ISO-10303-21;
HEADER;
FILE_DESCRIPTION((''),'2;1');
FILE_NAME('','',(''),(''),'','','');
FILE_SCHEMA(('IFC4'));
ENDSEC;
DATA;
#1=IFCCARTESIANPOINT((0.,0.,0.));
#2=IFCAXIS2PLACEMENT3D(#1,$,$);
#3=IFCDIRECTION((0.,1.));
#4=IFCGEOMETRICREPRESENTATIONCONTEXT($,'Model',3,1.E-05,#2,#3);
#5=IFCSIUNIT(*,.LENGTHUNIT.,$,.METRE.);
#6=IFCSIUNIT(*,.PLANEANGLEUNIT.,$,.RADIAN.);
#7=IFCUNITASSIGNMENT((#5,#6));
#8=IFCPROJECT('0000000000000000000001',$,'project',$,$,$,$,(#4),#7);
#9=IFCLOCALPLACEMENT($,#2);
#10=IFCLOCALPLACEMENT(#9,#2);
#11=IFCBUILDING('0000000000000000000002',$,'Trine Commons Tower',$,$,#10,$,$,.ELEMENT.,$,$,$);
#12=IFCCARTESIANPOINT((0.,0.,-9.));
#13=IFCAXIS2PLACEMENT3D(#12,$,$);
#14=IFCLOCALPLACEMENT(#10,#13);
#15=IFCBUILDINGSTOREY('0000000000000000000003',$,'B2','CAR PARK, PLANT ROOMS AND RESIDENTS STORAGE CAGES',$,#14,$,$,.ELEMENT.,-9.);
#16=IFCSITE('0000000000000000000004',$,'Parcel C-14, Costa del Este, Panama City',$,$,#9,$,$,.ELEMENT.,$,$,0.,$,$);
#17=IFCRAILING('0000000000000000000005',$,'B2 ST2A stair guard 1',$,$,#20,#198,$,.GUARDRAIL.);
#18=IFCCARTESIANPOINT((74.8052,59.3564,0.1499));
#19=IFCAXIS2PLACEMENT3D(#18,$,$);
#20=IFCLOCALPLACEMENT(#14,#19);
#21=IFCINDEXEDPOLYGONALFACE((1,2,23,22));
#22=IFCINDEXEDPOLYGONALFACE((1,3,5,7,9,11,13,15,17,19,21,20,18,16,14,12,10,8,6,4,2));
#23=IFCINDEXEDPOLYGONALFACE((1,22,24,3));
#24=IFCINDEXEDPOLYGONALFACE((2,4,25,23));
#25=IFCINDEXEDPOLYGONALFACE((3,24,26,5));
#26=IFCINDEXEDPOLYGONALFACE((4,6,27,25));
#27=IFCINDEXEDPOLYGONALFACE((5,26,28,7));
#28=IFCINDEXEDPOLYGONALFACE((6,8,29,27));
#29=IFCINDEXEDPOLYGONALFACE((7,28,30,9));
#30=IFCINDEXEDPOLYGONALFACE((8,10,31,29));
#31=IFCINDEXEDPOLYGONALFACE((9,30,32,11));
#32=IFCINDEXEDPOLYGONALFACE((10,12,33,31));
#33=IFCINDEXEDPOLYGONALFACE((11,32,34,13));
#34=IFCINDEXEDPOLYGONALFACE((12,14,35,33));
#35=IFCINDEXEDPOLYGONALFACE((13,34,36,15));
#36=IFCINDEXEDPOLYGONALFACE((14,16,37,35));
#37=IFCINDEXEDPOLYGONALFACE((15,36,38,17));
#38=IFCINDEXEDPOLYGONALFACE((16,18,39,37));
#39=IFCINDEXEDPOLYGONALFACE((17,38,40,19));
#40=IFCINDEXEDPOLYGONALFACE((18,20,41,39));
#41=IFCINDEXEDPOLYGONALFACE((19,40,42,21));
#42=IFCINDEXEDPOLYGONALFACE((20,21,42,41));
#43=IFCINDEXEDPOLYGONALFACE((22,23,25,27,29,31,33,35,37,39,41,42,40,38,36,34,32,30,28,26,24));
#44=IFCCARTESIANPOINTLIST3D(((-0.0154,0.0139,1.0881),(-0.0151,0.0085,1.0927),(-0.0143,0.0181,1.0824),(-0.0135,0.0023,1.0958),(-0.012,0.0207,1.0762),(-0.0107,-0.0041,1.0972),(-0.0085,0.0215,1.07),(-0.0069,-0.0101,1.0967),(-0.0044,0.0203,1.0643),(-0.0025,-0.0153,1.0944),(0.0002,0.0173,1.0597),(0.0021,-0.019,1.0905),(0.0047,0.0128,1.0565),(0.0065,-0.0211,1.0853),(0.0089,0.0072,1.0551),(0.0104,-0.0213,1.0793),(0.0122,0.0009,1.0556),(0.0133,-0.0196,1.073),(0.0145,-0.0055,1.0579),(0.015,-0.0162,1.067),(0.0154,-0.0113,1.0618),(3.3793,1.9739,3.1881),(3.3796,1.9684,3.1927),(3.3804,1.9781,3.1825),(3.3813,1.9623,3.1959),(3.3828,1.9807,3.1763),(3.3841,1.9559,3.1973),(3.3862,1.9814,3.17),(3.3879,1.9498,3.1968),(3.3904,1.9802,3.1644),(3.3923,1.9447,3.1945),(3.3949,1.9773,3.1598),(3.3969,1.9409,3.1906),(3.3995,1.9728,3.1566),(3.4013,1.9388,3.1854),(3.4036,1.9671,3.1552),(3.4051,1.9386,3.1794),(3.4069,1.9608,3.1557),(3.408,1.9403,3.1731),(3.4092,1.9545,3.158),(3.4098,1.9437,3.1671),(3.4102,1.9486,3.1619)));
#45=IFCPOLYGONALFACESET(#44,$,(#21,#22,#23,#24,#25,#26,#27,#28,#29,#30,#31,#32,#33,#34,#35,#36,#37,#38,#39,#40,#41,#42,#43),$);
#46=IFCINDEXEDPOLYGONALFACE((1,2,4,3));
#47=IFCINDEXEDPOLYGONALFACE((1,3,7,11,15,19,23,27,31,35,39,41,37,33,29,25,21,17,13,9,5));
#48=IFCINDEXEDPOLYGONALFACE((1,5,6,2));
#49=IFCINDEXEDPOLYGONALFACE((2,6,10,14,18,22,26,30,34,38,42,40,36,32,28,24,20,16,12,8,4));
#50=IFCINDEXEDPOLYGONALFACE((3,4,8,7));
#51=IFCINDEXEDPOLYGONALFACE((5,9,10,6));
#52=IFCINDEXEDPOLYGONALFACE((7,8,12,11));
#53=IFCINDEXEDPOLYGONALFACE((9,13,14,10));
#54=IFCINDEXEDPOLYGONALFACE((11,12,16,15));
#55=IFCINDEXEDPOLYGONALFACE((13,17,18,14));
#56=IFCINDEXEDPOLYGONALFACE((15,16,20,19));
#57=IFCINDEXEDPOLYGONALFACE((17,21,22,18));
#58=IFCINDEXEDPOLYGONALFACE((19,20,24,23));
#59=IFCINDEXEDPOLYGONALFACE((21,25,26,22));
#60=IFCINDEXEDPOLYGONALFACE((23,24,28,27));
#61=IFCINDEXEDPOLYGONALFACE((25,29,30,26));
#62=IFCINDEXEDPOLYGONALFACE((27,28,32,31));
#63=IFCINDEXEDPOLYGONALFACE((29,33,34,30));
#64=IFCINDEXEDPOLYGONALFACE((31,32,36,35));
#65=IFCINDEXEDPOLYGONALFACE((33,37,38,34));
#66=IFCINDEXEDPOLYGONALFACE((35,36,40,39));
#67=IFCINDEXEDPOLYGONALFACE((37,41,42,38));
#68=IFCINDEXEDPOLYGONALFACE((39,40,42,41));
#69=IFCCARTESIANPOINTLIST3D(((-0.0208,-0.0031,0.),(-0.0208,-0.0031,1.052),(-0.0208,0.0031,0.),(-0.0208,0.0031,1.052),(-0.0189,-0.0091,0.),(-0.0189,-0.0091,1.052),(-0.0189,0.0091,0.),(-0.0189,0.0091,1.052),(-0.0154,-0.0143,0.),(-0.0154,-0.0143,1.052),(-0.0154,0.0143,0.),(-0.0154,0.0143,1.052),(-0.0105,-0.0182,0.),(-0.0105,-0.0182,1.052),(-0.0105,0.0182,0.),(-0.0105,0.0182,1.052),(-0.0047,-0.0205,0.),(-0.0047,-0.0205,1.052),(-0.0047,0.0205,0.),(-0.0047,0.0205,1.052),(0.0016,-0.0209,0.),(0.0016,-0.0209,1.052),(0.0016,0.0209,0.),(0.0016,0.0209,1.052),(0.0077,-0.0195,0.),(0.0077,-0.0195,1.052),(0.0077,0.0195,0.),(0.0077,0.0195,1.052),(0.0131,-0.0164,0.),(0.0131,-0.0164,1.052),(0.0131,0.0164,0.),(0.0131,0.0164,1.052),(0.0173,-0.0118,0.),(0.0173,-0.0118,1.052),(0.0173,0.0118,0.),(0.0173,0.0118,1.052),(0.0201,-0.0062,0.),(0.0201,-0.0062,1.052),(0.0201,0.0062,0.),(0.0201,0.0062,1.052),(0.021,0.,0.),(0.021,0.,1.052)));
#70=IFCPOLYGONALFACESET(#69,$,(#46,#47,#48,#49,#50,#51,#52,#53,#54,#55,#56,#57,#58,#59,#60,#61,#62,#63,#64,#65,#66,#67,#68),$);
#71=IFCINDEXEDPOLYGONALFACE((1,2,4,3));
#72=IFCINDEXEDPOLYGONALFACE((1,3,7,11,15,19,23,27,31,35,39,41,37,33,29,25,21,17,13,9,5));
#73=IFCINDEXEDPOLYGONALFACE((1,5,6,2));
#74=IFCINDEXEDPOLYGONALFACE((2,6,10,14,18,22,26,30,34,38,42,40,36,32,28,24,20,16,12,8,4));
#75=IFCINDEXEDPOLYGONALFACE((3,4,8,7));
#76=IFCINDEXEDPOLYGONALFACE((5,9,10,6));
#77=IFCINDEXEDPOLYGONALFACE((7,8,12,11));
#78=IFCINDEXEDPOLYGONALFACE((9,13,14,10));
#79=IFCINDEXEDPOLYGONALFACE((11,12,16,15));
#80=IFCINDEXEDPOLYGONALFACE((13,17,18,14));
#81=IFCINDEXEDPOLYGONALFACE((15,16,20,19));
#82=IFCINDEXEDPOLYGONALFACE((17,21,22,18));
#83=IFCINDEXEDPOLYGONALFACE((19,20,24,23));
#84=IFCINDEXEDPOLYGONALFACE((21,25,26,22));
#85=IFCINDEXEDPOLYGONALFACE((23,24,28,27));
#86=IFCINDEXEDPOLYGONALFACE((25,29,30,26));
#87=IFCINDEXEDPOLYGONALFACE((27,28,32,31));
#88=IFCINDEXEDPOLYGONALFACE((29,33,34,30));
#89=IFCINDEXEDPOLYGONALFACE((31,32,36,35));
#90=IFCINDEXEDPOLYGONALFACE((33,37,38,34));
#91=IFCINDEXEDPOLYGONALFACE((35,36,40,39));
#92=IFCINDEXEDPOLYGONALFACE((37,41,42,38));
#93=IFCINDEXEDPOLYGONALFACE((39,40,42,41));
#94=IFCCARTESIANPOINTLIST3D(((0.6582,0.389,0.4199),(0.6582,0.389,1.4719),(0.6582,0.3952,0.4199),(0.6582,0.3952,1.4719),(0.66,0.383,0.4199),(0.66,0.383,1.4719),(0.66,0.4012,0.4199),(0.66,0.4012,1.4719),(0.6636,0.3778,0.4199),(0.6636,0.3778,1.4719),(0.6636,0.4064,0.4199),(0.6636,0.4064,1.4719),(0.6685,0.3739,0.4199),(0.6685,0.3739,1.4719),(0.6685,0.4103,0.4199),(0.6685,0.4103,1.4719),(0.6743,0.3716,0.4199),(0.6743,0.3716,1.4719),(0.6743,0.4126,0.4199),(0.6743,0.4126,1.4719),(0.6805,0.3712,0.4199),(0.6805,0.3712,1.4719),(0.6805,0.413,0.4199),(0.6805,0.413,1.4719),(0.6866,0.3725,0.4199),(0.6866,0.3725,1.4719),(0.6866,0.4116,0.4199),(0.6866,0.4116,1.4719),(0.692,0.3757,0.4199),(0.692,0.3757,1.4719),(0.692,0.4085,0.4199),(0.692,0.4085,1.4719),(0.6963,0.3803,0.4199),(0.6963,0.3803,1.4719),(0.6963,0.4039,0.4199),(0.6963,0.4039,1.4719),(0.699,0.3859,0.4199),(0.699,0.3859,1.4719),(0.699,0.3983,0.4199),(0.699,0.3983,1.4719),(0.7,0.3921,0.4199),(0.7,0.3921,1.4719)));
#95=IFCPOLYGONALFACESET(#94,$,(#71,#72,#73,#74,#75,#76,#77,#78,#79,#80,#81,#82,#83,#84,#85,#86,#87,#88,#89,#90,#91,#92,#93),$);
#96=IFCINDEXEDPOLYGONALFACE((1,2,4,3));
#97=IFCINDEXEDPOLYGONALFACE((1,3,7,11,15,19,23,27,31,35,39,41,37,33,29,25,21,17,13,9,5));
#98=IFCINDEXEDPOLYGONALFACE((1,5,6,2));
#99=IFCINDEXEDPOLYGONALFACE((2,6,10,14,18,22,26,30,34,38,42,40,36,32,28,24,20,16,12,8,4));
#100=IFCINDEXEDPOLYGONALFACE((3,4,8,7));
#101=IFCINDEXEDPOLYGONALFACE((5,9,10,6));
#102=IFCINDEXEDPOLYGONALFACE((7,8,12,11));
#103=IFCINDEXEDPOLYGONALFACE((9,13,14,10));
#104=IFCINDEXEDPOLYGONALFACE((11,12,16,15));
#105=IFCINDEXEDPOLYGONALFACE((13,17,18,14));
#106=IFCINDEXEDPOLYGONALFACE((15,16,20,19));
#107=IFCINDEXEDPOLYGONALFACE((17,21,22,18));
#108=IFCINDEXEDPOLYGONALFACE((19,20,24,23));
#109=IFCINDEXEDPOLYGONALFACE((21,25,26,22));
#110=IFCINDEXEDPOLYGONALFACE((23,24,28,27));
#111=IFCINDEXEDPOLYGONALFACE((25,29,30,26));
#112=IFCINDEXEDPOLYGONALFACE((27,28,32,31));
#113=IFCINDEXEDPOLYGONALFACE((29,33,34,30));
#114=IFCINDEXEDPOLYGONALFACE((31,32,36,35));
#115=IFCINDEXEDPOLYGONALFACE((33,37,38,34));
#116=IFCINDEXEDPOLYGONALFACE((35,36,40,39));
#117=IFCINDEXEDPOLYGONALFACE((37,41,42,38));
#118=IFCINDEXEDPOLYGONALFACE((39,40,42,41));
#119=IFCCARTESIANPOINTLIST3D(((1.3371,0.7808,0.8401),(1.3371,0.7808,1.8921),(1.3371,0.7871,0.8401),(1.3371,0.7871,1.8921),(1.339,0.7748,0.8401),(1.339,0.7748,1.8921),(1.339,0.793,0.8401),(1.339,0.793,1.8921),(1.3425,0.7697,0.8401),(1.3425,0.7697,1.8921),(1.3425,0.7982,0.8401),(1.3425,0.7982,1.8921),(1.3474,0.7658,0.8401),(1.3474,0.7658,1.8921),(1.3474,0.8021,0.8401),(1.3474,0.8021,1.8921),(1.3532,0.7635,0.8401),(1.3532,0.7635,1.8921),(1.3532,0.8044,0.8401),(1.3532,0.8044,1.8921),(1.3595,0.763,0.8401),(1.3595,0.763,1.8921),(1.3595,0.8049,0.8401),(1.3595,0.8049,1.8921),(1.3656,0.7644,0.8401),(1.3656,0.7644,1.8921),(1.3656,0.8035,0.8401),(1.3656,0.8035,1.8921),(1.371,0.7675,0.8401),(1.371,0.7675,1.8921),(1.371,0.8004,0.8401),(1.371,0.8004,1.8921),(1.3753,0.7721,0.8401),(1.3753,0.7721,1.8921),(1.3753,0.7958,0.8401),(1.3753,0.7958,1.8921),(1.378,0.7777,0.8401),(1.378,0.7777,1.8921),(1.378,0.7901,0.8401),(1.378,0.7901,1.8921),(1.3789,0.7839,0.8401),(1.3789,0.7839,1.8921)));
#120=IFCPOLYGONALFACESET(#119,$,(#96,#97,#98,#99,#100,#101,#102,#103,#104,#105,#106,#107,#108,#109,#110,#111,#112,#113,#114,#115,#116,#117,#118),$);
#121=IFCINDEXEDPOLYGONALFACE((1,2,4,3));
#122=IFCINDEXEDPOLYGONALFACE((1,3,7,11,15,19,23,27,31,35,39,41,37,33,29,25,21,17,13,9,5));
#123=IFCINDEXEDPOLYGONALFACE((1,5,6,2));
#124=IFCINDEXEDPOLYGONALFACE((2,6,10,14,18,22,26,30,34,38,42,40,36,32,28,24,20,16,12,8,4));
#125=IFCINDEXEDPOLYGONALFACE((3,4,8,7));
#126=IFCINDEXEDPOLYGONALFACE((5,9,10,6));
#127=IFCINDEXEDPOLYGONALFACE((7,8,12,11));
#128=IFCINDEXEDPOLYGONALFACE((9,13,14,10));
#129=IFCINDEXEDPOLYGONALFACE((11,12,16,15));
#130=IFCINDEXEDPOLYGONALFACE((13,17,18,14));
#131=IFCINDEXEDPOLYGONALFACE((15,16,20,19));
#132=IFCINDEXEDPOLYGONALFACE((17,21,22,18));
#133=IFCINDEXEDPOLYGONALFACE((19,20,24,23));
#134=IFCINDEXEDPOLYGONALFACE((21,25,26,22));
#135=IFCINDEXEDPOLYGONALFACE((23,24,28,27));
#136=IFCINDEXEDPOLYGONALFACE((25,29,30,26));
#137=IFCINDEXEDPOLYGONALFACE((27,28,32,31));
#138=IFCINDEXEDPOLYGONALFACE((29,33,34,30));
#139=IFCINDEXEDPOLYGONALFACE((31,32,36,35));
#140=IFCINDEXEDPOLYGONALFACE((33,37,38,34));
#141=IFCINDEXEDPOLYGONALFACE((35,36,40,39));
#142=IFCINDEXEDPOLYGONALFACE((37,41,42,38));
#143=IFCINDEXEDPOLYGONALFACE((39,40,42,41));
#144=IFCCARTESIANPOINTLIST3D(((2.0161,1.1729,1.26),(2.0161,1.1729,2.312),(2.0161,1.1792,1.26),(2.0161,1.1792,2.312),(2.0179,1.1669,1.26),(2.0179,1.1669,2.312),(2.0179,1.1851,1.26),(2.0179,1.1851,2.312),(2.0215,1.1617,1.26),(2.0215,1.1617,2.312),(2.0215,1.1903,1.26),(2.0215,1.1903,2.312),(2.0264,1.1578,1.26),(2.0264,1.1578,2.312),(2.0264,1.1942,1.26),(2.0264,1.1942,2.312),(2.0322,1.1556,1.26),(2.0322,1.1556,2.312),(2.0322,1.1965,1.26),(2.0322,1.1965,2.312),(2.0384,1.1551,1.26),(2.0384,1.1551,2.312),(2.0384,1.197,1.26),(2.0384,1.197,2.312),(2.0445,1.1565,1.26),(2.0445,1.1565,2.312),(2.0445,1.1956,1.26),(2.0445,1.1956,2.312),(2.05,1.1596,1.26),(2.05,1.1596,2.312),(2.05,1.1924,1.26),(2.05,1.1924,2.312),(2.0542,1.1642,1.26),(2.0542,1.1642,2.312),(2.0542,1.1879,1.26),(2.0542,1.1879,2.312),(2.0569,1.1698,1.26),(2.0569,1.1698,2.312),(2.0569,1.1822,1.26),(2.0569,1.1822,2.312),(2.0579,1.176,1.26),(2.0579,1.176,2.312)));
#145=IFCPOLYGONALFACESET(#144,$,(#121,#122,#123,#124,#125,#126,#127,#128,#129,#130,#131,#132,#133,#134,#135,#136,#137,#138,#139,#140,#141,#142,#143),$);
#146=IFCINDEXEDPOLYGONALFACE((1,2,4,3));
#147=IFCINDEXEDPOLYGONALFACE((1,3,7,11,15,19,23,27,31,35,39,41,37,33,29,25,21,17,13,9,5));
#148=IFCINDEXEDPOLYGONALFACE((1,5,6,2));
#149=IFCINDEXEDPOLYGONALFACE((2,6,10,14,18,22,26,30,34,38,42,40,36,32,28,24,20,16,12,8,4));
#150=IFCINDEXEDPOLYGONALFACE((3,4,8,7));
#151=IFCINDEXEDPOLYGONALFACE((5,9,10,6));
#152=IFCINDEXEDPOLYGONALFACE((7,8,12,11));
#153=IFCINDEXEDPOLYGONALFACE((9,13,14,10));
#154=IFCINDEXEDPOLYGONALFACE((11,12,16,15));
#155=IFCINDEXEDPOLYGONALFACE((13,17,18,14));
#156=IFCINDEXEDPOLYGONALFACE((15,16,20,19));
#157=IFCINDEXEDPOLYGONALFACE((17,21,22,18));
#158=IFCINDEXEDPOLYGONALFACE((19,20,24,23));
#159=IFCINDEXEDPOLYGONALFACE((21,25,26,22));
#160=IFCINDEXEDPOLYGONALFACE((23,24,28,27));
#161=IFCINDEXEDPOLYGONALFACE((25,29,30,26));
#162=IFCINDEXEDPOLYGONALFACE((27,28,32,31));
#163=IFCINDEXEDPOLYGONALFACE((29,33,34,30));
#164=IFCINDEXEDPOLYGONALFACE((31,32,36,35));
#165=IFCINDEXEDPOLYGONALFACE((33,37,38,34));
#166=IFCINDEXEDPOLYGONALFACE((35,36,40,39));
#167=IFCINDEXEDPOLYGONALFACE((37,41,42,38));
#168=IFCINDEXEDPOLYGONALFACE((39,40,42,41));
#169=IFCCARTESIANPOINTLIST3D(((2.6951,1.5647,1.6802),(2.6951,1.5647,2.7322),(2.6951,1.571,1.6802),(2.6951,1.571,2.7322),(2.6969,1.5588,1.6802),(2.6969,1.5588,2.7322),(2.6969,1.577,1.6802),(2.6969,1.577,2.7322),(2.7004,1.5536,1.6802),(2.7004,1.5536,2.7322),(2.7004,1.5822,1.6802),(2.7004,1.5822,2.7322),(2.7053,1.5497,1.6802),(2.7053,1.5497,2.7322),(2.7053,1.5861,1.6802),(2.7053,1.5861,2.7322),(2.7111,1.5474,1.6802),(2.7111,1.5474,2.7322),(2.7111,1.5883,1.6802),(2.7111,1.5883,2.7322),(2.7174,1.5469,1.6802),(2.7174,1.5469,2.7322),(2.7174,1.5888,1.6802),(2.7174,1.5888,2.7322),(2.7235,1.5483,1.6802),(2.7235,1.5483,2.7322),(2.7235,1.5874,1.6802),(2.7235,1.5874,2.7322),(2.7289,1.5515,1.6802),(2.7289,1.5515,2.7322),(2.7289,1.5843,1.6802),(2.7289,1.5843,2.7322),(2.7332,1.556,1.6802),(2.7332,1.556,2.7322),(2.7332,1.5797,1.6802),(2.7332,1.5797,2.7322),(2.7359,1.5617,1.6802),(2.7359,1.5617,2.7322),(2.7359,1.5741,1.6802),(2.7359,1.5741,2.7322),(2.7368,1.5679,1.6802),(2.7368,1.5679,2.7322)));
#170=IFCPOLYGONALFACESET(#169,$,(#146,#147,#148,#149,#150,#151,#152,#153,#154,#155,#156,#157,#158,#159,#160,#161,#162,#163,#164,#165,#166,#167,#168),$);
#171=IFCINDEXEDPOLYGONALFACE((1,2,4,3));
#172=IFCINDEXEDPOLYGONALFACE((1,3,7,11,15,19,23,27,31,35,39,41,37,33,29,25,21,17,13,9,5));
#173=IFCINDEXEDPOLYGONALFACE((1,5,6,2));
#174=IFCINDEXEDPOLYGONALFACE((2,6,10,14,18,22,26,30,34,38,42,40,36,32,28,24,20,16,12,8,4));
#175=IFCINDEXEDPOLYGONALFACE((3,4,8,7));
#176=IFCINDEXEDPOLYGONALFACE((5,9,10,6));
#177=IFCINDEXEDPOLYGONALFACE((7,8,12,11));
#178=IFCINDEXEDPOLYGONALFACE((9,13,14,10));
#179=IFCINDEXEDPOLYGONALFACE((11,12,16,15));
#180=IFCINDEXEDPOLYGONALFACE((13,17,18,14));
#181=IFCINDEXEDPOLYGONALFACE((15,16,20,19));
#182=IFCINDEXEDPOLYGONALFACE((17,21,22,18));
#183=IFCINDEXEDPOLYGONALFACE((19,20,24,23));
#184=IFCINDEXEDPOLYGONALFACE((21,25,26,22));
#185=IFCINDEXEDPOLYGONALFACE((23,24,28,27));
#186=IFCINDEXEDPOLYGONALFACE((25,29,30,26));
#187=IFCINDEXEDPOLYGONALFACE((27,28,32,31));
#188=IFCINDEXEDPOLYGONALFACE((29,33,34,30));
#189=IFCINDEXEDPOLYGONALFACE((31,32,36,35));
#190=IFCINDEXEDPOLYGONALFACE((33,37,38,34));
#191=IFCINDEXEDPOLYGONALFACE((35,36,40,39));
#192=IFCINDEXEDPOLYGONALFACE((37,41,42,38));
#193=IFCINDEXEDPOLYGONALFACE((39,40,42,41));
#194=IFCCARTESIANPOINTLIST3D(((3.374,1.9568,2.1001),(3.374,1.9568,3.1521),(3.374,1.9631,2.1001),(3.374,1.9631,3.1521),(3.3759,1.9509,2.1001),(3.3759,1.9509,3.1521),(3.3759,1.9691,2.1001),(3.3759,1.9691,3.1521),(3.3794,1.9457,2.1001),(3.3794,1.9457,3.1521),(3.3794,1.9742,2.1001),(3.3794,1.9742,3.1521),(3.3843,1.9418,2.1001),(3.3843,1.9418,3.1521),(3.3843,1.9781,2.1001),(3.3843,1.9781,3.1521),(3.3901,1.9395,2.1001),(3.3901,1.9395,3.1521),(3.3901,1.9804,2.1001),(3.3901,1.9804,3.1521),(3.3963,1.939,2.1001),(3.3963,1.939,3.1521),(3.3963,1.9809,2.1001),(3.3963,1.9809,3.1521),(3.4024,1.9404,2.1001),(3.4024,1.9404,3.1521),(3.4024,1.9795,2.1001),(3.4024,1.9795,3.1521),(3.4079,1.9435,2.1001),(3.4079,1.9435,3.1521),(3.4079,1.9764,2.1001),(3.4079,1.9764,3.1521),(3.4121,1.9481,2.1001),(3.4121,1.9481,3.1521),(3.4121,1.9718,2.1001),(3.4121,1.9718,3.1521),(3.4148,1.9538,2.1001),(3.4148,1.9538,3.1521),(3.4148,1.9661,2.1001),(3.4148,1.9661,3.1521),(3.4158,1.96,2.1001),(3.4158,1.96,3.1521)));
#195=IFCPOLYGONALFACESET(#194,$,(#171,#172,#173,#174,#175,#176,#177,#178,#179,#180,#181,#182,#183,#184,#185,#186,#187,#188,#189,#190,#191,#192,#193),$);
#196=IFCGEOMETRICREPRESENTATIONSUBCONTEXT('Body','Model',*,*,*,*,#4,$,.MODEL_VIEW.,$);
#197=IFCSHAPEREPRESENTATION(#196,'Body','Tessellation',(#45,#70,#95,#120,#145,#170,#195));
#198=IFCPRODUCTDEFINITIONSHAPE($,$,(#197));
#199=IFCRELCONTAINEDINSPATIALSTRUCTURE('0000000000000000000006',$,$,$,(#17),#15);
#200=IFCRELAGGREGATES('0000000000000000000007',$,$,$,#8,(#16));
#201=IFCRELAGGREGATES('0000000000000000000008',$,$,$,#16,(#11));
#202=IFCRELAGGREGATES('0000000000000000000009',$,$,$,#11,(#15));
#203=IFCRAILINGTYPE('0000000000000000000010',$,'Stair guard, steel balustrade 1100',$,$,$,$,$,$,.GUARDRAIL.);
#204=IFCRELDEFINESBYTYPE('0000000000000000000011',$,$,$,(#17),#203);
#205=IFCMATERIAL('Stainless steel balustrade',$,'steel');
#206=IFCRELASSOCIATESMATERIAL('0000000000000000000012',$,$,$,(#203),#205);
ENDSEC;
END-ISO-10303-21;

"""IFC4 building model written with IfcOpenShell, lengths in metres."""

from ifc_helpers import new_model, si_unit, direction, frame, origin, origin_2d, place, context, subcontext, project, spatial, circle, extrude, material, type_object, element, save


model = new_model("IFC4")

# Units and contexts
model_context = context("Model", 3, precision=1e-05, world=origin(), true_north=direction((0.0, 1.0)))
body_context = subcontext(model_context, "Body", "Model", "MODEL_VIEW")
ifc_project = project(units=[si_unit("LENGTHUNIT", "METRE"), si_unit("PLANEANGLEUNIT", "RADIAN")], contexts=[model_context])

# Site, building, storey
site_placement = place(None, origin())
site = spatial("IfcSite", under=ifc_project, at=site_placement, Name="Parcel C-14, Costa del Este, Panama City", CompositionType="ELEMENT", RefElevation=0.0)
building_placement = place(site_placement, origin())
building = spatial("IfcBuilding", under=site, at=building_placement, Name="Trine Commons Tower", CompositionType="ELEMENT")
storey_placement = place(building_placement, frame((0.0, 0.0, -9.0)))
storey = spatial("IfcBuildingStorey", under=building, at=storey_placement, Name="B2", Description="CAR PARK, PLANT ROOMS AND RESIDENTS STORAGE CAGES", CompositionType="ELEMENT", Elevation=-9.0)

# Railing
ifc_material_1 = material(Name="Stainless steel balustrade", Category="steel")
railing_type_1 = type_object("IfcRailingType", Name="Stair guard, steel balustrade 1100", PredefinedType="GUARDRAIL", material=ifc_material_1)
railing_1_placement = place(storey_placement, frame((74.8052, 59.3564, 0.1499)))
element("IfcRailing", 1, at=railing_1_placement, inside=storey, type_object=railing_type_1, Name="B2 ST2A stair guard 1", PredefinedType="GUARDRAIL", context=body_context, shape_type="SweptSolid", body=[
    extrude(circle(Radius=0.0239, at=origin_2d()), frame((0.0, 0.0, 1.0762), z_axis=(0.763375, 0.440732, 0.472244), x_axis=(-0.499997, 0.866027, 0.0)), (0.0, 0.0, 1.0), 4.447),
    extrude(circle(Radius=0.021, at=origin_2d()), origin(), (0.0, 0.0, 1.0), 1.052),
    extrude(circle(Radius=0.021, at=origin_2d()), frame((0.679, 0.3921, 0.4199)), (0.0, 0.0, 1.0), 1.052),
    extrude(circle(Radius=0.021, at=origin_2d()), frame((1.3579, 0.7839, 0.8401)), (0.0, 0.0, 1.0), 1.052),
    extrude(circle(Radius=0.021, at=origin_2d()), frame((2.0369, 1.176, 1.26)), (0.0, 0.0, 1.0), 1.052),
    extrude(circle(Radius=0.021, at=origin_2d()), frame((2.7158, 1.5679, 1.6802)), (0.0, 0.0, 1.0), 1.052),
    extrude(circle(Radius=0.021, at=origin_2d()), frame((3.3948, 1.96, 2.1001)), (0.0, 0.0, 1.0), 1.052),
])

save(model, "model.ifc")
